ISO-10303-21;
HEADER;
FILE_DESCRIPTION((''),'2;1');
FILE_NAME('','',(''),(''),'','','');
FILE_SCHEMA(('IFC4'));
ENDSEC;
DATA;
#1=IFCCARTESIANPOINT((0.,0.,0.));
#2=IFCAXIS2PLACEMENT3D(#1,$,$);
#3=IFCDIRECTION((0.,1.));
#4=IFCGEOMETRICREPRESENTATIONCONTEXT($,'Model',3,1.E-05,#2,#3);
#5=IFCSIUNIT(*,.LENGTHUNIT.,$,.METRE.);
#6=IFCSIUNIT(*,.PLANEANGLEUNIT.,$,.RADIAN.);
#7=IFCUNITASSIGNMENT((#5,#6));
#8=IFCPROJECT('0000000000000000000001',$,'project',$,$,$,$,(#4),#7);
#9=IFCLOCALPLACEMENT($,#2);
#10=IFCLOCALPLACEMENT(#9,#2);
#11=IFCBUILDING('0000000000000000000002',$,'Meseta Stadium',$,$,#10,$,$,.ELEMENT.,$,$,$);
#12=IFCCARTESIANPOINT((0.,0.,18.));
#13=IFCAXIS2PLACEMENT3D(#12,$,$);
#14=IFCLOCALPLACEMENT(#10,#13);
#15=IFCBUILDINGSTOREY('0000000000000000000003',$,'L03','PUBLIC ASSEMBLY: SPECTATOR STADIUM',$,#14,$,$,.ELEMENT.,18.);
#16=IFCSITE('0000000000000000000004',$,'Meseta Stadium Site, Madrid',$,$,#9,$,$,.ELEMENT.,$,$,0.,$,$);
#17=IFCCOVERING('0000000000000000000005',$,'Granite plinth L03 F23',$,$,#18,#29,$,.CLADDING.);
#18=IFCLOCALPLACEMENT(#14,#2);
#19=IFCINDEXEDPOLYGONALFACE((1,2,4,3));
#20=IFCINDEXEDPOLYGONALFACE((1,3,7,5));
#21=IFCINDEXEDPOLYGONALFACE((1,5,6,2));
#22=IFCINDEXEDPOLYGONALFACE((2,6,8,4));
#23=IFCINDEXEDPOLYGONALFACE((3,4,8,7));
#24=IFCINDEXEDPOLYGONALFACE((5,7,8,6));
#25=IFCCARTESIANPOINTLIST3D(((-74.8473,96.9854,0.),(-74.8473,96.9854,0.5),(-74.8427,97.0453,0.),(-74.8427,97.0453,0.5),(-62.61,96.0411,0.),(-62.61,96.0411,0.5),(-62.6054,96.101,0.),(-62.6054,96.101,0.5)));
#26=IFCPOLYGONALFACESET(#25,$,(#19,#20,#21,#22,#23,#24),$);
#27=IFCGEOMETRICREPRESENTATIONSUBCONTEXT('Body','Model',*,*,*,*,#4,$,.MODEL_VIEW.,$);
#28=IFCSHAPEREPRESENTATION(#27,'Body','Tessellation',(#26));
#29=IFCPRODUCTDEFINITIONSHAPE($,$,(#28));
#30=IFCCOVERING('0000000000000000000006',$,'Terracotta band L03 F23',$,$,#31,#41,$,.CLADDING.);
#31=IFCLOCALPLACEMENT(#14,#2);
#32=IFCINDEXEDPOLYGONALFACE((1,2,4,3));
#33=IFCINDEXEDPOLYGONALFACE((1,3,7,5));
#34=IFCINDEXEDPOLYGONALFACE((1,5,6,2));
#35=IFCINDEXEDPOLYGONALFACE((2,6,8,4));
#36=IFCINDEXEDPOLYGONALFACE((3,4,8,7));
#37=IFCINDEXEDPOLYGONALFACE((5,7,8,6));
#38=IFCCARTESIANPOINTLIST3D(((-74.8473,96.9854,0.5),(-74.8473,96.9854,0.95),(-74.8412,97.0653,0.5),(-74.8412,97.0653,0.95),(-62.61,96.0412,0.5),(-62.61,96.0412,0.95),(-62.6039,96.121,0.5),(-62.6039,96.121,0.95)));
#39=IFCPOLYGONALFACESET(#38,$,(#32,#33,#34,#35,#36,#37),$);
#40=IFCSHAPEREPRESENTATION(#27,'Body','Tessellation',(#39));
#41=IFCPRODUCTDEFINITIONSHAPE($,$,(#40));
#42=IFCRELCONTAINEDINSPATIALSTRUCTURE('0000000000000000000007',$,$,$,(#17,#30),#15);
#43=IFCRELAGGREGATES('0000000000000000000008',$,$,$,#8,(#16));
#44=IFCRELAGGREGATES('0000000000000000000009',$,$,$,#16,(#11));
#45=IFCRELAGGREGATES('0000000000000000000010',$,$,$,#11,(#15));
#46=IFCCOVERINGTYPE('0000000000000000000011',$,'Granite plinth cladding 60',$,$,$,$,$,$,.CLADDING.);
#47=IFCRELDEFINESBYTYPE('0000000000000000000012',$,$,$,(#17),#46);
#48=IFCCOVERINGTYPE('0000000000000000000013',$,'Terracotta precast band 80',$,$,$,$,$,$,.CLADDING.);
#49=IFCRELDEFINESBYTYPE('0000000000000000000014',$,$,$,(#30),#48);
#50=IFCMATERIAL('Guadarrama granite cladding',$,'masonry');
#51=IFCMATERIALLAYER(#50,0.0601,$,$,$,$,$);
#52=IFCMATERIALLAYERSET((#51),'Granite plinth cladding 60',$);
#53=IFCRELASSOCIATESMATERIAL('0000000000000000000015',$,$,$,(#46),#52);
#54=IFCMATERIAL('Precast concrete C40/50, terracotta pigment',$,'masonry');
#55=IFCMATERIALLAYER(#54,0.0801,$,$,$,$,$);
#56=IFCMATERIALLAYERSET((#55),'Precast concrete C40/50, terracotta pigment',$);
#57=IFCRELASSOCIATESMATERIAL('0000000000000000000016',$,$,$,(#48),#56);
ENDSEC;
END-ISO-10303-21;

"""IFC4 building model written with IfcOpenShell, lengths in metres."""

from ifc_helpers import new_model, si_unit, direction, frame, origin, origin_2d, place, context, subcontext, project, spatial, rectangle, extrude, material, layer, layer_set, type_object, element, save


model = new_model("IFC4")

# Units and contexts
model_context = context("Model", 3, precision=1e-05, world=origin(), true_north=direction((0.0, 1.0)))
body_context = subcontext(model_context, "Body", "Model", "MODEL_VIEW")
ifc_project = project(units=[si_unit("LENGTHUNIT", "METRE"), si_unit("PLANEANGLEUNIT", "RADIAN")], contexts=[model_context])

# Site, building, storey
site_placement = place(None, origin())
site = spatial("IfcSite", under=ifc_project, at=site_placement, Name="Meseta Stadium Site, Madrid", CompositionType="ELEMENT", RefElevation=0.0)
building_placement = place(site_placement, origin())
building = spatial("IfcBuilding", under=site, at=building_placement, Name="Meseta Stadium", CompositionType="ELEMENT")
storey_placement = place(building_placement, frame((0.0, 0.0, 18.0)))
storey = spatial("IfcBuildingStorey", under=building, at=storey_placement, Name="L03", Description="PUBLIC ASSEMBLY: SPECTATOR STADIUM", CompositionType="ELEMENT", Elevation=18.0)

# Coverings
ifc_material_1 = material(Name="Guadarrama granite cladding", Category="masonry")
ifc_layer_1 = layer(ifc_material_1, 0.0601)
ifc_layer_set_1 = layer_set([ifc_layer_1], Name="Granite plinth cladding 60")
covering_type_1 = type_object("IfcCoveringType", Name="Granite plinth cladding 60", PredefinedType="CLADDING", material=ifc_layer_set_1)
covering_1_placement = place(storey_placement, frame((-68.7263, 96.5432, 0.0), z_axis=(0.0, 0.0, 1.0), x_axis=(0.997036, -0.076937, 0.0)))
element("IfcCovering", 1, at=covering_1_placement, inside=storey, type_object=covering_type_1, Name="Granite plinth L03 F23", PredefinedType="CLADDING", context=body_context, shape_type="SweptSolid", body=[
    extrude(rectangle(XDim=12.2737, YDim=0.0601, at=origin_2d()), origin(), (0.0, 0.0, 1.0), 0.5),
])
ifc_material_2 = material(Name="Precast concrete C40/50, terracotta pigment", Category="masonry")
ifc_layer_2 = layer(ifc_material_2, 0.0801)
ifc_layer_set_2 = layer_set([ifc_layer_2], Name="Precast concrete C40/50, terracotta pigment")
covering_type_2 = type_object("IfcCoveringType", Name="Terracotta precast band 80", PredefinedType="CLADDING", material=ifc_layer_set_2)
covering_2_placement = place(storey_placement, frame((-68.7256, 96.5532, 0.5), z_axis=(0.0, 0.0, 1.0), x_axis=(0.997036, -0.076937, 0.0)))
element("IfcCovering", 2, at=covering_2_placement, inside=storey, type_object=covering_type_2, Name="Terracotta band L03 F23", PredefinedType="CLADDING", context=body_context, shape_type="SweptSolid", body=[
    extrude(rectangle(XDim=12.2737, YDim=0.0801, at=origin_2d()), origin(), (0.0, 0.0, 1.0), 0.45),
])

save(model, "model.ifc")
